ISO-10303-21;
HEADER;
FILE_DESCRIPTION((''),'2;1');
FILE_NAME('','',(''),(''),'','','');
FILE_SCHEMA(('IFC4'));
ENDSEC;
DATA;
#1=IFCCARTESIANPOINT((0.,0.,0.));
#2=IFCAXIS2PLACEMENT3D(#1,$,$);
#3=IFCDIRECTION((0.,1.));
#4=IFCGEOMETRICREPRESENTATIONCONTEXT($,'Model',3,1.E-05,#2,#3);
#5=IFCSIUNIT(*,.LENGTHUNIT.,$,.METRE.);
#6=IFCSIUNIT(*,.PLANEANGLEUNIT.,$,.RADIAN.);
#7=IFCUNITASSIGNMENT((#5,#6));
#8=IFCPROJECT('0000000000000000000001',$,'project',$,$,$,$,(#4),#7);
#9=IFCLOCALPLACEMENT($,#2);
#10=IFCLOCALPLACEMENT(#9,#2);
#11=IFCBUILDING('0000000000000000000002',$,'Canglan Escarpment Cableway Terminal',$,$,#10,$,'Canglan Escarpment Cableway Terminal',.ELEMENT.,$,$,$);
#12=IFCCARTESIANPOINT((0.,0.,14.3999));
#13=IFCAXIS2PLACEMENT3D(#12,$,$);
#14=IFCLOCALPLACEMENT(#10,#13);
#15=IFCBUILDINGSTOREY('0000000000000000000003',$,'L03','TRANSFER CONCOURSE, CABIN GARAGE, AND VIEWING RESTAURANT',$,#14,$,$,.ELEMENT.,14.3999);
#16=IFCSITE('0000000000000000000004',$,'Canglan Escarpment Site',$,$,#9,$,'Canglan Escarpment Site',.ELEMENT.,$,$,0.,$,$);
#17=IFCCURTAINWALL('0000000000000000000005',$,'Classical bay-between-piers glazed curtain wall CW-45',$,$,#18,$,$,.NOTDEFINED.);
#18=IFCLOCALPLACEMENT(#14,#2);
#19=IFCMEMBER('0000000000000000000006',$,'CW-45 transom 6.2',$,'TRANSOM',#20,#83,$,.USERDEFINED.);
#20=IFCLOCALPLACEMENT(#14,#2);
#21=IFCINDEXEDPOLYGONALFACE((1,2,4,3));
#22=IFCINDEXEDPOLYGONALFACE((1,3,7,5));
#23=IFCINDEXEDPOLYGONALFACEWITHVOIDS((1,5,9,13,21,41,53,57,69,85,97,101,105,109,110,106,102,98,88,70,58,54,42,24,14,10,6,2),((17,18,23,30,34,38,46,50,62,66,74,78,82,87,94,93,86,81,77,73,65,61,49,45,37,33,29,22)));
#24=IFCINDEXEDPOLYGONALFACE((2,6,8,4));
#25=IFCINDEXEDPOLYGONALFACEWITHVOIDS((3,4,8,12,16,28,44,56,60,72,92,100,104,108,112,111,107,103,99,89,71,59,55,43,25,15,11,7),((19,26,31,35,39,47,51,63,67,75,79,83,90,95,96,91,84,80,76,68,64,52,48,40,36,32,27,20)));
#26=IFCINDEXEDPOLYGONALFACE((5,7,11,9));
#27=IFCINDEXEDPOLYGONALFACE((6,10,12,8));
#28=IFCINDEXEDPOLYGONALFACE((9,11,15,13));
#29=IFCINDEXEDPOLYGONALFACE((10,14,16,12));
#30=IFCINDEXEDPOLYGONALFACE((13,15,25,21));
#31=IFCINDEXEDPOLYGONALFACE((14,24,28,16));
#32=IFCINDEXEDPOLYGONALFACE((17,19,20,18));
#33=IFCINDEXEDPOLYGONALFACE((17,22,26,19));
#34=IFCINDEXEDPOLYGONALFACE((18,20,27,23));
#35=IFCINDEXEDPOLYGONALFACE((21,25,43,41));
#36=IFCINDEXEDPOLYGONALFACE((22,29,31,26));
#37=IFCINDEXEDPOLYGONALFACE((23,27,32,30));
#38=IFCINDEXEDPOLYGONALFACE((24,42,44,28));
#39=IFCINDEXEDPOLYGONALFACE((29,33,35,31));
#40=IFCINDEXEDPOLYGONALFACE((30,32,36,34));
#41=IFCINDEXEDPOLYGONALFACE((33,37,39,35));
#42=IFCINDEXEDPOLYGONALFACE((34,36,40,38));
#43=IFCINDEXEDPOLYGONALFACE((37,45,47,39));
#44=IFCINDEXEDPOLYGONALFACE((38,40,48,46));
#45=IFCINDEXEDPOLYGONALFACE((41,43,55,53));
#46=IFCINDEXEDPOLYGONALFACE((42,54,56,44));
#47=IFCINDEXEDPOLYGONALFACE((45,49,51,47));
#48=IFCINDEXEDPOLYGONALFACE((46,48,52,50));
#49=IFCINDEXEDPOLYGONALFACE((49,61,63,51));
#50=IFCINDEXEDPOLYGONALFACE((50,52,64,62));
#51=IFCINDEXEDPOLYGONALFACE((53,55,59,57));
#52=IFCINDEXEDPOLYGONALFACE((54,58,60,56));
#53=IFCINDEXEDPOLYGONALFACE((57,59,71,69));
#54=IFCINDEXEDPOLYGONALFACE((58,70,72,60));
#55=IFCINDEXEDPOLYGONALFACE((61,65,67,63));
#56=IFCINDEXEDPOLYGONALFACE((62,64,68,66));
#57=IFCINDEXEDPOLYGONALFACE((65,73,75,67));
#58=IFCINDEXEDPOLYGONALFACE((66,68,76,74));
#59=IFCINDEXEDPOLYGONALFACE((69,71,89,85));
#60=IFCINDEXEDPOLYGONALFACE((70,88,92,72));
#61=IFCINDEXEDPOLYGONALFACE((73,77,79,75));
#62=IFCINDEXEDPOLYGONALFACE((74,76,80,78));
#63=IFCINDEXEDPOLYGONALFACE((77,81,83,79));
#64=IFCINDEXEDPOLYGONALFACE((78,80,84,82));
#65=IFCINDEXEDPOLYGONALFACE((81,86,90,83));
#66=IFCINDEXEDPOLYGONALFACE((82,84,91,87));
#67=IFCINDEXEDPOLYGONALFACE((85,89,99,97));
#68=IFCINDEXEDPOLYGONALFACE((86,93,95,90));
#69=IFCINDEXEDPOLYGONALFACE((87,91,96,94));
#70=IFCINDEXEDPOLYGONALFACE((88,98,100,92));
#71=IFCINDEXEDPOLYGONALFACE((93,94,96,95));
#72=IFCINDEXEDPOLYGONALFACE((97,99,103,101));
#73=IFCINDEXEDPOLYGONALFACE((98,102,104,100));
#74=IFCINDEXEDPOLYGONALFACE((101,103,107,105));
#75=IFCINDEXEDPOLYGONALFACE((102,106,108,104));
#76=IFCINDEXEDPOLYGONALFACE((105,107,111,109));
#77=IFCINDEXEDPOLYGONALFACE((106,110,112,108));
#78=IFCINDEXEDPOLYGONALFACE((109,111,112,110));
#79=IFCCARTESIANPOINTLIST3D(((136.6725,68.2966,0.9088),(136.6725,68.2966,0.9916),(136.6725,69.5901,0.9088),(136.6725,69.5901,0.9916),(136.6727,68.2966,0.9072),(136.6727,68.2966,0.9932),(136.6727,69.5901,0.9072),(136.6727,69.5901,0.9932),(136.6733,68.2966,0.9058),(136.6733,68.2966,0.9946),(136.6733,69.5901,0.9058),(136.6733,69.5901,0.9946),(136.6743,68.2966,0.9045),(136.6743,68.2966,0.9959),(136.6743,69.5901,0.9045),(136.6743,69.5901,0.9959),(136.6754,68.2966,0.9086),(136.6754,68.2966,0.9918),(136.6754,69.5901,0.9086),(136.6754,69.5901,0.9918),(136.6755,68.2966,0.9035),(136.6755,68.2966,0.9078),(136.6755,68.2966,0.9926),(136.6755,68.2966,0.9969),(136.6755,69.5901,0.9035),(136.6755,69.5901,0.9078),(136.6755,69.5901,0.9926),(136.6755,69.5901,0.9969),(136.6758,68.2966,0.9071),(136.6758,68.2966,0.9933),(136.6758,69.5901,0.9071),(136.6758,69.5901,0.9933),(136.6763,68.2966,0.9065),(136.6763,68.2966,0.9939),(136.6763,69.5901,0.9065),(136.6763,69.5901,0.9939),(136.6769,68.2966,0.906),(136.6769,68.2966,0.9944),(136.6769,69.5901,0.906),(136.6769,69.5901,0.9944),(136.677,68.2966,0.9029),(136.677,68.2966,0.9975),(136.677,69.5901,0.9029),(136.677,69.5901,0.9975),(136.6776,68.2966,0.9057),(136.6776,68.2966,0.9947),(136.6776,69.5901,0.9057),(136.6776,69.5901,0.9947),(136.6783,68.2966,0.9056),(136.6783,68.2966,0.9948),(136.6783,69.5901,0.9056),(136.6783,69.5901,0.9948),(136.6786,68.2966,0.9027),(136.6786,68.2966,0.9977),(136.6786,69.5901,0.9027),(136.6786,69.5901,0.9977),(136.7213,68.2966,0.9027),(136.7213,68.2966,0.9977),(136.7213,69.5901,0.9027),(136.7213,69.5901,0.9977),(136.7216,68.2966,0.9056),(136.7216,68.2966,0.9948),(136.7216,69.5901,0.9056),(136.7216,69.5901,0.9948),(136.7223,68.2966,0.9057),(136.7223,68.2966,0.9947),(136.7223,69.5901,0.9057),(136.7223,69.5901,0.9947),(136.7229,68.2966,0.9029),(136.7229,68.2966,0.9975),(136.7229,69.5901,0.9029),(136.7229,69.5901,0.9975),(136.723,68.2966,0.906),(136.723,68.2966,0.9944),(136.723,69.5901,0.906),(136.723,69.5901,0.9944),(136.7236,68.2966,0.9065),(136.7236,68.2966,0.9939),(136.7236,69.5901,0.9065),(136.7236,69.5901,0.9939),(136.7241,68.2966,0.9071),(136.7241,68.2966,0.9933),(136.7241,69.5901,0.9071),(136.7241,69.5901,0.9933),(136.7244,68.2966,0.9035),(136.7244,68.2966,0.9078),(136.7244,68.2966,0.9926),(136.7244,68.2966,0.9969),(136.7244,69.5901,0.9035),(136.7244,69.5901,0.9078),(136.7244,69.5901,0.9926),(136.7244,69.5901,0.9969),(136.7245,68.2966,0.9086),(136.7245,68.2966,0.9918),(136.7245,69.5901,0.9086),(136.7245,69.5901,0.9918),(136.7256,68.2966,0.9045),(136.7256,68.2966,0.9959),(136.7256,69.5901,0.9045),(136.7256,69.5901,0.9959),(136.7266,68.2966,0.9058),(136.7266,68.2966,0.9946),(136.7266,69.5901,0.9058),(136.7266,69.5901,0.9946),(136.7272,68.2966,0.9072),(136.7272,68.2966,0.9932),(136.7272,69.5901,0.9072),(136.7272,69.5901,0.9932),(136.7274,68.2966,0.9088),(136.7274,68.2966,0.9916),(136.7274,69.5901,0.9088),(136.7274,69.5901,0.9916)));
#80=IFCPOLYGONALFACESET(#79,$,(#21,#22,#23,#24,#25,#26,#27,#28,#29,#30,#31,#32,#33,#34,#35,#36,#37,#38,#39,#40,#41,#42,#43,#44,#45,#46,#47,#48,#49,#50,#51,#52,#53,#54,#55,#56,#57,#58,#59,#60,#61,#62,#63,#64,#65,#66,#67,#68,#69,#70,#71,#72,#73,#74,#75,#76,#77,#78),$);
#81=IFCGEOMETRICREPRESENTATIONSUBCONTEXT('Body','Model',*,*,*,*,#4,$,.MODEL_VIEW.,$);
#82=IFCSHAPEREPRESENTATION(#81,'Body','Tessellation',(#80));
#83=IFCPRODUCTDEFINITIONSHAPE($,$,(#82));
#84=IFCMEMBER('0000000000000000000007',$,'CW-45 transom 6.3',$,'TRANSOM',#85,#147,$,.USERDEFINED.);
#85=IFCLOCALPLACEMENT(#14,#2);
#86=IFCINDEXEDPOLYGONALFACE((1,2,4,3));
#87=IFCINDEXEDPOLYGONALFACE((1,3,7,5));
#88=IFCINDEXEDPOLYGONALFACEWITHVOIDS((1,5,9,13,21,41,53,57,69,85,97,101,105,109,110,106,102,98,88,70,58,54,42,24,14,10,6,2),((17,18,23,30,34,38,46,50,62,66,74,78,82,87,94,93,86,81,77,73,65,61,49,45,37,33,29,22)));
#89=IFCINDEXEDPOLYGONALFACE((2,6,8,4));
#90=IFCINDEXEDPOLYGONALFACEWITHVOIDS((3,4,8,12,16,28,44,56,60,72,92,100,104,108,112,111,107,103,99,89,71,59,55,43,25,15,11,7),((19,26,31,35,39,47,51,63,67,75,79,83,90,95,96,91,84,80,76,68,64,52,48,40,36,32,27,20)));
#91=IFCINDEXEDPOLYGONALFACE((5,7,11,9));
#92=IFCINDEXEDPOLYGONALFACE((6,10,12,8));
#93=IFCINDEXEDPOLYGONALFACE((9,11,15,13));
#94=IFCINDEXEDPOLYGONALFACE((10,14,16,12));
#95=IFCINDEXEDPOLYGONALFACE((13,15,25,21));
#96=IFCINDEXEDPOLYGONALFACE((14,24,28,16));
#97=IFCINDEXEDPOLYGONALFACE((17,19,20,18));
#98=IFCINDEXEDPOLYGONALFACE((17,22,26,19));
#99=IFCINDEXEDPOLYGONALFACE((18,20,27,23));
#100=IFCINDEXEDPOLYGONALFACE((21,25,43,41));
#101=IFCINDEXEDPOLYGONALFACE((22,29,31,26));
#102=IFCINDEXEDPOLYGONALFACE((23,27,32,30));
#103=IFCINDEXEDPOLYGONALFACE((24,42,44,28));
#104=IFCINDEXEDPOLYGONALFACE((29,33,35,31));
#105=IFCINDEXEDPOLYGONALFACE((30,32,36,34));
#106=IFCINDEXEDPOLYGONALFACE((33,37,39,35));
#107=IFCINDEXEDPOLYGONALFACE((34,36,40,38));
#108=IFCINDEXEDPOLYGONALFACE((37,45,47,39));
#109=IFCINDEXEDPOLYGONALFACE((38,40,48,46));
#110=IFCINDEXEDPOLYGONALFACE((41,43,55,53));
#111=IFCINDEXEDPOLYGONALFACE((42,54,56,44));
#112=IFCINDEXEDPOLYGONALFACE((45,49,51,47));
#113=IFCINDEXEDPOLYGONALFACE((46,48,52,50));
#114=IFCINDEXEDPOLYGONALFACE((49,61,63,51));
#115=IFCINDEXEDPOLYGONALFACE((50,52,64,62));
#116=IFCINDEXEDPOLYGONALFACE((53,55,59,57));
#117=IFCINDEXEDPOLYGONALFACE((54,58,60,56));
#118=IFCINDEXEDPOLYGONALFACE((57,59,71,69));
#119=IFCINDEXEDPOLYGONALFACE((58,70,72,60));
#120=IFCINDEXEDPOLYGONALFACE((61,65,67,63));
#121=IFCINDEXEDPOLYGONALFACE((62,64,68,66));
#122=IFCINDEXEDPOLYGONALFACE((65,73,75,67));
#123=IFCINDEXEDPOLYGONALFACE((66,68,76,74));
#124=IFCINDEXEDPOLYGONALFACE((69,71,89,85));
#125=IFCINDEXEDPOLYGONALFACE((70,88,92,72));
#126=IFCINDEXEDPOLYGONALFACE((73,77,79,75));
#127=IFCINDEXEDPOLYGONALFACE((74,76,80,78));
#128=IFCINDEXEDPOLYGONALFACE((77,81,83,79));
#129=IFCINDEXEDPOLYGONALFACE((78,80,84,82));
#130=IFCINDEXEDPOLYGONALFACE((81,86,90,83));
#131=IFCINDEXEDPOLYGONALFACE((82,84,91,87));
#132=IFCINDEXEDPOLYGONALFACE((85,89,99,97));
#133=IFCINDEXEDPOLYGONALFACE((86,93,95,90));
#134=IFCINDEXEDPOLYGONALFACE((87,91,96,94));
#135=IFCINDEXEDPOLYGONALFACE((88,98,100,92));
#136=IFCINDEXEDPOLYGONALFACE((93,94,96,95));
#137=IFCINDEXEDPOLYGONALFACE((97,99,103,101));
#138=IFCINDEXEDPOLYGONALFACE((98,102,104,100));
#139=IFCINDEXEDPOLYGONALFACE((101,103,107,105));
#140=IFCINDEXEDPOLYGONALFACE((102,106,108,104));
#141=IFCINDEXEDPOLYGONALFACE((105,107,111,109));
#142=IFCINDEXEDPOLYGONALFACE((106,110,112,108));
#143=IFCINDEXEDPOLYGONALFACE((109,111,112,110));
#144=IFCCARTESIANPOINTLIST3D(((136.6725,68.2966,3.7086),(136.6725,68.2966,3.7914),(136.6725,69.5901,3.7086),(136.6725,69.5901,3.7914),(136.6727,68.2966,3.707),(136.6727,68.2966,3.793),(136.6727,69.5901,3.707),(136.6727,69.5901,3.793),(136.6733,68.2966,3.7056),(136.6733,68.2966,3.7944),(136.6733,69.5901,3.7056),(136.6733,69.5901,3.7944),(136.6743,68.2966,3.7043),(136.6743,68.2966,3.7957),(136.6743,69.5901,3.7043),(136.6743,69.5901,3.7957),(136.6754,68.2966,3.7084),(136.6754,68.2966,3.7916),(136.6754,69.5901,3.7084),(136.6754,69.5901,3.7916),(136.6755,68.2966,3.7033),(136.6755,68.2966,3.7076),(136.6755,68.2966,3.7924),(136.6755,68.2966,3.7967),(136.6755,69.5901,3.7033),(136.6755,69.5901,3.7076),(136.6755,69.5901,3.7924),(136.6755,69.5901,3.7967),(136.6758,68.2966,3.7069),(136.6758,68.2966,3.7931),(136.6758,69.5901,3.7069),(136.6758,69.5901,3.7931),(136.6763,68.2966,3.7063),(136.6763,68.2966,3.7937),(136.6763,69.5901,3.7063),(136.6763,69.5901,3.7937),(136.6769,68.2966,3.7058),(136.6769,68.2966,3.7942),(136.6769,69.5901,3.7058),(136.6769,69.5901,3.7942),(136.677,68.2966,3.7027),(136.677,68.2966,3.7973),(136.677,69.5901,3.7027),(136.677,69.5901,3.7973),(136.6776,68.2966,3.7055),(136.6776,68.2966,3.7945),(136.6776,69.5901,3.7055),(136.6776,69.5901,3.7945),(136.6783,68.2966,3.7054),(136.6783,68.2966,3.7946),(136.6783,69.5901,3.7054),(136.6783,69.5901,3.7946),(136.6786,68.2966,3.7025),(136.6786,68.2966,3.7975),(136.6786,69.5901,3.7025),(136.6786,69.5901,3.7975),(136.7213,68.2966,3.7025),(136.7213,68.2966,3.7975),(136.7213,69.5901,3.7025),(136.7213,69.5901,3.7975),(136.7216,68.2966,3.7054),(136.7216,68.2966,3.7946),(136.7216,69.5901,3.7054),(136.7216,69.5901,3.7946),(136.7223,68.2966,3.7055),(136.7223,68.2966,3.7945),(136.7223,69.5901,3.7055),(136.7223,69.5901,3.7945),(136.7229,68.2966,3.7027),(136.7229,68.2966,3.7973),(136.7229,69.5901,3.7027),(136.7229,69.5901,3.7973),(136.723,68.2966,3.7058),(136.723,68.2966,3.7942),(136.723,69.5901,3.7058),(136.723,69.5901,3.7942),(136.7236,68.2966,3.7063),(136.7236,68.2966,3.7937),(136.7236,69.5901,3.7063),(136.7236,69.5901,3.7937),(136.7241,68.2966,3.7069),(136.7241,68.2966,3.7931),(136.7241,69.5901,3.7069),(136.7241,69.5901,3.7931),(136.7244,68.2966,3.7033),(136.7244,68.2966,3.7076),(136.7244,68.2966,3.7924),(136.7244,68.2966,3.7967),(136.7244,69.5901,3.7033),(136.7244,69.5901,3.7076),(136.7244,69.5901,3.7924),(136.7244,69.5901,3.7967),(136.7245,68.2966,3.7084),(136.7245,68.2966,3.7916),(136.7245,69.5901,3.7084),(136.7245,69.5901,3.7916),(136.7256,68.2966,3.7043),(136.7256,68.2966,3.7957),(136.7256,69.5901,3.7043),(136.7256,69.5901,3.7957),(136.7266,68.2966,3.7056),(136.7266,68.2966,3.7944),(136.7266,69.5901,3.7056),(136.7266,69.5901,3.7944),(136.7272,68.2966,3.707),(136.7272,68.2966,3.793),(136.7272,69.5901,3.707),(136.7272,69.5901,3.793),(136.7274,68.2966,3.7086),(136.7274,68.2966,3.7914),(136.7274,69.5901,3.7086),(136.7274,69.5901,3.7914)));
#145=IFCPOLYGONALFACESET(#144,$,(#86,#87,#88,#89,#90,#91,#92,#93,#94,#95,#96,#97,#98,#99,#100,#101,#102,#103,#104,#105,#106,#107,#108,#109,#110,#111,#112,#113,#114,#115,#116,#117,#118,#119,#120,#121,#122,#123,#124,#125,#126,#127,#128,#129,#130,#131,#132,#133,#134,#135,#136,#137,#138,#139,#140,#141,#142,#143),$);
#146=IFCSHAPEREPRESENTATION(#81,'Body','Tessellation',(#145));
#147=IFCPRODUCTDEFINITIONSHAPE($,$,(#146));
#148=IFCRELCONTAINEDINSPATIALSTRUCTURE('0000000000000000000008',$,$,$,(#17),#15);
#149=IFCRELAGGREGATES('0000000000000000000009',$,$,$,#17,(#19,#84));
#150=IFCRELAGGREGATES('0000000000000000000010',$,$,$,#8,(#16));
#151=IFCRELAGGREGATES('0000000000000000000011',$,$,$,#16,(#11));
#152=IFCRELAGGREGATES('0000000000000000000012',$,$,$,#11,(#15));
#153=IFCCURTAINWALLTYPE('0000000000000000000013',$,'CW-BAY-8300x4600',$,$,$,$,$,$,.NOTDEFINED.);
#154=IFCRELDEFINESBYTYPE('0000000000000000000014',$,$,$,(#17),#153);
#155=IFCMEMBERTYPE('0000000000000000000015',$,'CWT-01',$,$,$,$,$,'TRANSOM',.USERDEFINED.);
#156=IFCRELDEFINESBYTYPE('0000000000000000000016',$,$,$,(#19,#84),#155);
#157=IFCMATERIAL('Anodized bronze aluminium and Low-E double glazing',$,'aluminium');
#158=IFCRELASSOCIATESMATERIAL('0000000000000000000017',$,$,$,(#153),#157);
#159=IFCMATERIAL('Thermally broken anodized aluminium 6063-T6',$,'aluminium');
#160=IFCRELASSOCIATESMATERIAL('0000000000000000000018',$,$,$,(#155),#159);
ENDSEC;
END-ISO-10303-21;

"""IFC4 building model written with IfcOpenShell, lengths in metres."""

from ifc_helpers import new_model, si_unit, direction, frame, origin, origin_2d, place, context, subcontext, project, spatial, hollow_rectangle, extrude, material, material_profile, profile_set, type_object, element, aggregate, save


model = new_model("IFC4")

# Units and contexts
model_context = context("Model", 3, precision=1e-05, world=origin(), true_north=direction((0.0, 1.0)))
body_context = subcontext(model_context, "Body", "Model", "MODEL_VIEW")
ifc_project = project(units=[si_unit("LENGTHUNIT", "METRE"), si_unit("PLANEANGLEUNIT", "RADIAN")], contexts=[model_context])

# Site, building, storey
site_placement = place(None, origin())
site = spatial("IfcSite", under=ifc_project, at=site_placement, Name="Canglan Escarpment Site", LongName="Canglan Escarpment Site", CompositionType="ELEMENT", RefElevation=0.0)
building_placement = place(site_placement, origin())
building = spatial("IfcBuilding", under=site, at=building_placement, Name="Canglan Escarpment Cableway Terminal", LongName="Canglan Escarpment Cableway Terminal", CompositionType="ELEMENT")
storey_placement = place(building_placement, frame((0.0, 0.0, 14.3999)))
storey = spatial("IfcBuildingStorey", under=building, at=storey_placement, Name="L03", Description="TRANSFER CONCOURSE, CABIN GARAGE, AND VIEWING RESTAURANT", CompositionType="ELEMENT", Elevation=14.3999)

# Curtain wall, members
ifc_material_1 = material(Name="Anodized bronze aluminium and Low-E double glazing", Category="aluminium")
curtain_wall_type = type_object("IfcCurtainWallType", Name="CW-BAY-8300x4600", PredefinedType="NOTDEFINED", material=ifc_material_1)
curtain_wall_placement = place(storey_placement, origin())
curtain_wall = element("IfcCurtainWall", 1, at=curtain_wall_placement, inside=storey, type_object=curtain_wall_type, Name="Classical bay-between-piers glazed curtain wall CW-45", PredefinedType="NOTDEFINED")
ifc_material_2 = material(Name="Thermally broken anodized aluminium 6063-T6", Category="aluminium")
ifc_material_profile_1 = material_profile(ifc_material_2, hollow_rectangle(XDim=0.0549, YDim=0.095, WallThickness=0.0029, InnerFilletRadius=0.0029, OuterFilletRadius=0.0061, at=origin_2d()), Name="ALU-TRAN 55x95x3")
ifc_profile_set_1 = profile_set([ifc_material_profile_1], Name="Thermally broken anodized aluminium 6063-T6")
member_type_1 = type_object("IfcMemberType", Name="CWT-01", ElementType="TRANSOM", PredefinedType="USERDEFINED", material=ifc_profile_set_1)
member_1_placement = place(storey_placement, frame((136.7, 68.2966, 0.9502), z_axis=(0.0, 1.0, 0.0), x_axis=(-1.0, 0.0, 0.0)))
member_1 = element("IfcMember", 2, at=member_1_placement, type_object=member_type_1, Name="CW-45 transom 6.2", ObjectType="TRANSOM", PredefinedType="USERDEFINED", context=body_context, shape_type="SweptSolid", body=[
    extrude(hollow_rectangle(XDim=0.0549, YDim=0.095, WallThickness=0.0029, InnerFilletRadius=0.0029, OuterFilletRadius=0.0061, at=origin_2d()), origin(), (0.0, 0.0, 1.0), 1.2935),
])
member_2_placement = place(storey_placement, frame((136.7, 68.2966, 3.75), z_axis=(0.0, 1.0, 0.0), x_axis=(-1.0, 0.0, 0.0)))
member_2 = element("IfcMember", 3, at=member_2_placement, type_object=member_type_1, Name="CW-45 transom 6.3", ObjectType="TRANSOM", PredefinedType="USERDEFINED", context=body_context, shape_type="SweptSolid", body=[
    extrude(hollow_rectangle(XDim=0.0549, YDim=0.095, WallThickness=0.0029, InnerFilletRadius=0.0029, OuterFilletRadius=0.0061, at=origin_2d()), origin(), (0.0, 0.0, 1.0), 1.2935),
])

aggregate(curtain_wall, [member_1, member_2])

save(model, "model.ifc")
